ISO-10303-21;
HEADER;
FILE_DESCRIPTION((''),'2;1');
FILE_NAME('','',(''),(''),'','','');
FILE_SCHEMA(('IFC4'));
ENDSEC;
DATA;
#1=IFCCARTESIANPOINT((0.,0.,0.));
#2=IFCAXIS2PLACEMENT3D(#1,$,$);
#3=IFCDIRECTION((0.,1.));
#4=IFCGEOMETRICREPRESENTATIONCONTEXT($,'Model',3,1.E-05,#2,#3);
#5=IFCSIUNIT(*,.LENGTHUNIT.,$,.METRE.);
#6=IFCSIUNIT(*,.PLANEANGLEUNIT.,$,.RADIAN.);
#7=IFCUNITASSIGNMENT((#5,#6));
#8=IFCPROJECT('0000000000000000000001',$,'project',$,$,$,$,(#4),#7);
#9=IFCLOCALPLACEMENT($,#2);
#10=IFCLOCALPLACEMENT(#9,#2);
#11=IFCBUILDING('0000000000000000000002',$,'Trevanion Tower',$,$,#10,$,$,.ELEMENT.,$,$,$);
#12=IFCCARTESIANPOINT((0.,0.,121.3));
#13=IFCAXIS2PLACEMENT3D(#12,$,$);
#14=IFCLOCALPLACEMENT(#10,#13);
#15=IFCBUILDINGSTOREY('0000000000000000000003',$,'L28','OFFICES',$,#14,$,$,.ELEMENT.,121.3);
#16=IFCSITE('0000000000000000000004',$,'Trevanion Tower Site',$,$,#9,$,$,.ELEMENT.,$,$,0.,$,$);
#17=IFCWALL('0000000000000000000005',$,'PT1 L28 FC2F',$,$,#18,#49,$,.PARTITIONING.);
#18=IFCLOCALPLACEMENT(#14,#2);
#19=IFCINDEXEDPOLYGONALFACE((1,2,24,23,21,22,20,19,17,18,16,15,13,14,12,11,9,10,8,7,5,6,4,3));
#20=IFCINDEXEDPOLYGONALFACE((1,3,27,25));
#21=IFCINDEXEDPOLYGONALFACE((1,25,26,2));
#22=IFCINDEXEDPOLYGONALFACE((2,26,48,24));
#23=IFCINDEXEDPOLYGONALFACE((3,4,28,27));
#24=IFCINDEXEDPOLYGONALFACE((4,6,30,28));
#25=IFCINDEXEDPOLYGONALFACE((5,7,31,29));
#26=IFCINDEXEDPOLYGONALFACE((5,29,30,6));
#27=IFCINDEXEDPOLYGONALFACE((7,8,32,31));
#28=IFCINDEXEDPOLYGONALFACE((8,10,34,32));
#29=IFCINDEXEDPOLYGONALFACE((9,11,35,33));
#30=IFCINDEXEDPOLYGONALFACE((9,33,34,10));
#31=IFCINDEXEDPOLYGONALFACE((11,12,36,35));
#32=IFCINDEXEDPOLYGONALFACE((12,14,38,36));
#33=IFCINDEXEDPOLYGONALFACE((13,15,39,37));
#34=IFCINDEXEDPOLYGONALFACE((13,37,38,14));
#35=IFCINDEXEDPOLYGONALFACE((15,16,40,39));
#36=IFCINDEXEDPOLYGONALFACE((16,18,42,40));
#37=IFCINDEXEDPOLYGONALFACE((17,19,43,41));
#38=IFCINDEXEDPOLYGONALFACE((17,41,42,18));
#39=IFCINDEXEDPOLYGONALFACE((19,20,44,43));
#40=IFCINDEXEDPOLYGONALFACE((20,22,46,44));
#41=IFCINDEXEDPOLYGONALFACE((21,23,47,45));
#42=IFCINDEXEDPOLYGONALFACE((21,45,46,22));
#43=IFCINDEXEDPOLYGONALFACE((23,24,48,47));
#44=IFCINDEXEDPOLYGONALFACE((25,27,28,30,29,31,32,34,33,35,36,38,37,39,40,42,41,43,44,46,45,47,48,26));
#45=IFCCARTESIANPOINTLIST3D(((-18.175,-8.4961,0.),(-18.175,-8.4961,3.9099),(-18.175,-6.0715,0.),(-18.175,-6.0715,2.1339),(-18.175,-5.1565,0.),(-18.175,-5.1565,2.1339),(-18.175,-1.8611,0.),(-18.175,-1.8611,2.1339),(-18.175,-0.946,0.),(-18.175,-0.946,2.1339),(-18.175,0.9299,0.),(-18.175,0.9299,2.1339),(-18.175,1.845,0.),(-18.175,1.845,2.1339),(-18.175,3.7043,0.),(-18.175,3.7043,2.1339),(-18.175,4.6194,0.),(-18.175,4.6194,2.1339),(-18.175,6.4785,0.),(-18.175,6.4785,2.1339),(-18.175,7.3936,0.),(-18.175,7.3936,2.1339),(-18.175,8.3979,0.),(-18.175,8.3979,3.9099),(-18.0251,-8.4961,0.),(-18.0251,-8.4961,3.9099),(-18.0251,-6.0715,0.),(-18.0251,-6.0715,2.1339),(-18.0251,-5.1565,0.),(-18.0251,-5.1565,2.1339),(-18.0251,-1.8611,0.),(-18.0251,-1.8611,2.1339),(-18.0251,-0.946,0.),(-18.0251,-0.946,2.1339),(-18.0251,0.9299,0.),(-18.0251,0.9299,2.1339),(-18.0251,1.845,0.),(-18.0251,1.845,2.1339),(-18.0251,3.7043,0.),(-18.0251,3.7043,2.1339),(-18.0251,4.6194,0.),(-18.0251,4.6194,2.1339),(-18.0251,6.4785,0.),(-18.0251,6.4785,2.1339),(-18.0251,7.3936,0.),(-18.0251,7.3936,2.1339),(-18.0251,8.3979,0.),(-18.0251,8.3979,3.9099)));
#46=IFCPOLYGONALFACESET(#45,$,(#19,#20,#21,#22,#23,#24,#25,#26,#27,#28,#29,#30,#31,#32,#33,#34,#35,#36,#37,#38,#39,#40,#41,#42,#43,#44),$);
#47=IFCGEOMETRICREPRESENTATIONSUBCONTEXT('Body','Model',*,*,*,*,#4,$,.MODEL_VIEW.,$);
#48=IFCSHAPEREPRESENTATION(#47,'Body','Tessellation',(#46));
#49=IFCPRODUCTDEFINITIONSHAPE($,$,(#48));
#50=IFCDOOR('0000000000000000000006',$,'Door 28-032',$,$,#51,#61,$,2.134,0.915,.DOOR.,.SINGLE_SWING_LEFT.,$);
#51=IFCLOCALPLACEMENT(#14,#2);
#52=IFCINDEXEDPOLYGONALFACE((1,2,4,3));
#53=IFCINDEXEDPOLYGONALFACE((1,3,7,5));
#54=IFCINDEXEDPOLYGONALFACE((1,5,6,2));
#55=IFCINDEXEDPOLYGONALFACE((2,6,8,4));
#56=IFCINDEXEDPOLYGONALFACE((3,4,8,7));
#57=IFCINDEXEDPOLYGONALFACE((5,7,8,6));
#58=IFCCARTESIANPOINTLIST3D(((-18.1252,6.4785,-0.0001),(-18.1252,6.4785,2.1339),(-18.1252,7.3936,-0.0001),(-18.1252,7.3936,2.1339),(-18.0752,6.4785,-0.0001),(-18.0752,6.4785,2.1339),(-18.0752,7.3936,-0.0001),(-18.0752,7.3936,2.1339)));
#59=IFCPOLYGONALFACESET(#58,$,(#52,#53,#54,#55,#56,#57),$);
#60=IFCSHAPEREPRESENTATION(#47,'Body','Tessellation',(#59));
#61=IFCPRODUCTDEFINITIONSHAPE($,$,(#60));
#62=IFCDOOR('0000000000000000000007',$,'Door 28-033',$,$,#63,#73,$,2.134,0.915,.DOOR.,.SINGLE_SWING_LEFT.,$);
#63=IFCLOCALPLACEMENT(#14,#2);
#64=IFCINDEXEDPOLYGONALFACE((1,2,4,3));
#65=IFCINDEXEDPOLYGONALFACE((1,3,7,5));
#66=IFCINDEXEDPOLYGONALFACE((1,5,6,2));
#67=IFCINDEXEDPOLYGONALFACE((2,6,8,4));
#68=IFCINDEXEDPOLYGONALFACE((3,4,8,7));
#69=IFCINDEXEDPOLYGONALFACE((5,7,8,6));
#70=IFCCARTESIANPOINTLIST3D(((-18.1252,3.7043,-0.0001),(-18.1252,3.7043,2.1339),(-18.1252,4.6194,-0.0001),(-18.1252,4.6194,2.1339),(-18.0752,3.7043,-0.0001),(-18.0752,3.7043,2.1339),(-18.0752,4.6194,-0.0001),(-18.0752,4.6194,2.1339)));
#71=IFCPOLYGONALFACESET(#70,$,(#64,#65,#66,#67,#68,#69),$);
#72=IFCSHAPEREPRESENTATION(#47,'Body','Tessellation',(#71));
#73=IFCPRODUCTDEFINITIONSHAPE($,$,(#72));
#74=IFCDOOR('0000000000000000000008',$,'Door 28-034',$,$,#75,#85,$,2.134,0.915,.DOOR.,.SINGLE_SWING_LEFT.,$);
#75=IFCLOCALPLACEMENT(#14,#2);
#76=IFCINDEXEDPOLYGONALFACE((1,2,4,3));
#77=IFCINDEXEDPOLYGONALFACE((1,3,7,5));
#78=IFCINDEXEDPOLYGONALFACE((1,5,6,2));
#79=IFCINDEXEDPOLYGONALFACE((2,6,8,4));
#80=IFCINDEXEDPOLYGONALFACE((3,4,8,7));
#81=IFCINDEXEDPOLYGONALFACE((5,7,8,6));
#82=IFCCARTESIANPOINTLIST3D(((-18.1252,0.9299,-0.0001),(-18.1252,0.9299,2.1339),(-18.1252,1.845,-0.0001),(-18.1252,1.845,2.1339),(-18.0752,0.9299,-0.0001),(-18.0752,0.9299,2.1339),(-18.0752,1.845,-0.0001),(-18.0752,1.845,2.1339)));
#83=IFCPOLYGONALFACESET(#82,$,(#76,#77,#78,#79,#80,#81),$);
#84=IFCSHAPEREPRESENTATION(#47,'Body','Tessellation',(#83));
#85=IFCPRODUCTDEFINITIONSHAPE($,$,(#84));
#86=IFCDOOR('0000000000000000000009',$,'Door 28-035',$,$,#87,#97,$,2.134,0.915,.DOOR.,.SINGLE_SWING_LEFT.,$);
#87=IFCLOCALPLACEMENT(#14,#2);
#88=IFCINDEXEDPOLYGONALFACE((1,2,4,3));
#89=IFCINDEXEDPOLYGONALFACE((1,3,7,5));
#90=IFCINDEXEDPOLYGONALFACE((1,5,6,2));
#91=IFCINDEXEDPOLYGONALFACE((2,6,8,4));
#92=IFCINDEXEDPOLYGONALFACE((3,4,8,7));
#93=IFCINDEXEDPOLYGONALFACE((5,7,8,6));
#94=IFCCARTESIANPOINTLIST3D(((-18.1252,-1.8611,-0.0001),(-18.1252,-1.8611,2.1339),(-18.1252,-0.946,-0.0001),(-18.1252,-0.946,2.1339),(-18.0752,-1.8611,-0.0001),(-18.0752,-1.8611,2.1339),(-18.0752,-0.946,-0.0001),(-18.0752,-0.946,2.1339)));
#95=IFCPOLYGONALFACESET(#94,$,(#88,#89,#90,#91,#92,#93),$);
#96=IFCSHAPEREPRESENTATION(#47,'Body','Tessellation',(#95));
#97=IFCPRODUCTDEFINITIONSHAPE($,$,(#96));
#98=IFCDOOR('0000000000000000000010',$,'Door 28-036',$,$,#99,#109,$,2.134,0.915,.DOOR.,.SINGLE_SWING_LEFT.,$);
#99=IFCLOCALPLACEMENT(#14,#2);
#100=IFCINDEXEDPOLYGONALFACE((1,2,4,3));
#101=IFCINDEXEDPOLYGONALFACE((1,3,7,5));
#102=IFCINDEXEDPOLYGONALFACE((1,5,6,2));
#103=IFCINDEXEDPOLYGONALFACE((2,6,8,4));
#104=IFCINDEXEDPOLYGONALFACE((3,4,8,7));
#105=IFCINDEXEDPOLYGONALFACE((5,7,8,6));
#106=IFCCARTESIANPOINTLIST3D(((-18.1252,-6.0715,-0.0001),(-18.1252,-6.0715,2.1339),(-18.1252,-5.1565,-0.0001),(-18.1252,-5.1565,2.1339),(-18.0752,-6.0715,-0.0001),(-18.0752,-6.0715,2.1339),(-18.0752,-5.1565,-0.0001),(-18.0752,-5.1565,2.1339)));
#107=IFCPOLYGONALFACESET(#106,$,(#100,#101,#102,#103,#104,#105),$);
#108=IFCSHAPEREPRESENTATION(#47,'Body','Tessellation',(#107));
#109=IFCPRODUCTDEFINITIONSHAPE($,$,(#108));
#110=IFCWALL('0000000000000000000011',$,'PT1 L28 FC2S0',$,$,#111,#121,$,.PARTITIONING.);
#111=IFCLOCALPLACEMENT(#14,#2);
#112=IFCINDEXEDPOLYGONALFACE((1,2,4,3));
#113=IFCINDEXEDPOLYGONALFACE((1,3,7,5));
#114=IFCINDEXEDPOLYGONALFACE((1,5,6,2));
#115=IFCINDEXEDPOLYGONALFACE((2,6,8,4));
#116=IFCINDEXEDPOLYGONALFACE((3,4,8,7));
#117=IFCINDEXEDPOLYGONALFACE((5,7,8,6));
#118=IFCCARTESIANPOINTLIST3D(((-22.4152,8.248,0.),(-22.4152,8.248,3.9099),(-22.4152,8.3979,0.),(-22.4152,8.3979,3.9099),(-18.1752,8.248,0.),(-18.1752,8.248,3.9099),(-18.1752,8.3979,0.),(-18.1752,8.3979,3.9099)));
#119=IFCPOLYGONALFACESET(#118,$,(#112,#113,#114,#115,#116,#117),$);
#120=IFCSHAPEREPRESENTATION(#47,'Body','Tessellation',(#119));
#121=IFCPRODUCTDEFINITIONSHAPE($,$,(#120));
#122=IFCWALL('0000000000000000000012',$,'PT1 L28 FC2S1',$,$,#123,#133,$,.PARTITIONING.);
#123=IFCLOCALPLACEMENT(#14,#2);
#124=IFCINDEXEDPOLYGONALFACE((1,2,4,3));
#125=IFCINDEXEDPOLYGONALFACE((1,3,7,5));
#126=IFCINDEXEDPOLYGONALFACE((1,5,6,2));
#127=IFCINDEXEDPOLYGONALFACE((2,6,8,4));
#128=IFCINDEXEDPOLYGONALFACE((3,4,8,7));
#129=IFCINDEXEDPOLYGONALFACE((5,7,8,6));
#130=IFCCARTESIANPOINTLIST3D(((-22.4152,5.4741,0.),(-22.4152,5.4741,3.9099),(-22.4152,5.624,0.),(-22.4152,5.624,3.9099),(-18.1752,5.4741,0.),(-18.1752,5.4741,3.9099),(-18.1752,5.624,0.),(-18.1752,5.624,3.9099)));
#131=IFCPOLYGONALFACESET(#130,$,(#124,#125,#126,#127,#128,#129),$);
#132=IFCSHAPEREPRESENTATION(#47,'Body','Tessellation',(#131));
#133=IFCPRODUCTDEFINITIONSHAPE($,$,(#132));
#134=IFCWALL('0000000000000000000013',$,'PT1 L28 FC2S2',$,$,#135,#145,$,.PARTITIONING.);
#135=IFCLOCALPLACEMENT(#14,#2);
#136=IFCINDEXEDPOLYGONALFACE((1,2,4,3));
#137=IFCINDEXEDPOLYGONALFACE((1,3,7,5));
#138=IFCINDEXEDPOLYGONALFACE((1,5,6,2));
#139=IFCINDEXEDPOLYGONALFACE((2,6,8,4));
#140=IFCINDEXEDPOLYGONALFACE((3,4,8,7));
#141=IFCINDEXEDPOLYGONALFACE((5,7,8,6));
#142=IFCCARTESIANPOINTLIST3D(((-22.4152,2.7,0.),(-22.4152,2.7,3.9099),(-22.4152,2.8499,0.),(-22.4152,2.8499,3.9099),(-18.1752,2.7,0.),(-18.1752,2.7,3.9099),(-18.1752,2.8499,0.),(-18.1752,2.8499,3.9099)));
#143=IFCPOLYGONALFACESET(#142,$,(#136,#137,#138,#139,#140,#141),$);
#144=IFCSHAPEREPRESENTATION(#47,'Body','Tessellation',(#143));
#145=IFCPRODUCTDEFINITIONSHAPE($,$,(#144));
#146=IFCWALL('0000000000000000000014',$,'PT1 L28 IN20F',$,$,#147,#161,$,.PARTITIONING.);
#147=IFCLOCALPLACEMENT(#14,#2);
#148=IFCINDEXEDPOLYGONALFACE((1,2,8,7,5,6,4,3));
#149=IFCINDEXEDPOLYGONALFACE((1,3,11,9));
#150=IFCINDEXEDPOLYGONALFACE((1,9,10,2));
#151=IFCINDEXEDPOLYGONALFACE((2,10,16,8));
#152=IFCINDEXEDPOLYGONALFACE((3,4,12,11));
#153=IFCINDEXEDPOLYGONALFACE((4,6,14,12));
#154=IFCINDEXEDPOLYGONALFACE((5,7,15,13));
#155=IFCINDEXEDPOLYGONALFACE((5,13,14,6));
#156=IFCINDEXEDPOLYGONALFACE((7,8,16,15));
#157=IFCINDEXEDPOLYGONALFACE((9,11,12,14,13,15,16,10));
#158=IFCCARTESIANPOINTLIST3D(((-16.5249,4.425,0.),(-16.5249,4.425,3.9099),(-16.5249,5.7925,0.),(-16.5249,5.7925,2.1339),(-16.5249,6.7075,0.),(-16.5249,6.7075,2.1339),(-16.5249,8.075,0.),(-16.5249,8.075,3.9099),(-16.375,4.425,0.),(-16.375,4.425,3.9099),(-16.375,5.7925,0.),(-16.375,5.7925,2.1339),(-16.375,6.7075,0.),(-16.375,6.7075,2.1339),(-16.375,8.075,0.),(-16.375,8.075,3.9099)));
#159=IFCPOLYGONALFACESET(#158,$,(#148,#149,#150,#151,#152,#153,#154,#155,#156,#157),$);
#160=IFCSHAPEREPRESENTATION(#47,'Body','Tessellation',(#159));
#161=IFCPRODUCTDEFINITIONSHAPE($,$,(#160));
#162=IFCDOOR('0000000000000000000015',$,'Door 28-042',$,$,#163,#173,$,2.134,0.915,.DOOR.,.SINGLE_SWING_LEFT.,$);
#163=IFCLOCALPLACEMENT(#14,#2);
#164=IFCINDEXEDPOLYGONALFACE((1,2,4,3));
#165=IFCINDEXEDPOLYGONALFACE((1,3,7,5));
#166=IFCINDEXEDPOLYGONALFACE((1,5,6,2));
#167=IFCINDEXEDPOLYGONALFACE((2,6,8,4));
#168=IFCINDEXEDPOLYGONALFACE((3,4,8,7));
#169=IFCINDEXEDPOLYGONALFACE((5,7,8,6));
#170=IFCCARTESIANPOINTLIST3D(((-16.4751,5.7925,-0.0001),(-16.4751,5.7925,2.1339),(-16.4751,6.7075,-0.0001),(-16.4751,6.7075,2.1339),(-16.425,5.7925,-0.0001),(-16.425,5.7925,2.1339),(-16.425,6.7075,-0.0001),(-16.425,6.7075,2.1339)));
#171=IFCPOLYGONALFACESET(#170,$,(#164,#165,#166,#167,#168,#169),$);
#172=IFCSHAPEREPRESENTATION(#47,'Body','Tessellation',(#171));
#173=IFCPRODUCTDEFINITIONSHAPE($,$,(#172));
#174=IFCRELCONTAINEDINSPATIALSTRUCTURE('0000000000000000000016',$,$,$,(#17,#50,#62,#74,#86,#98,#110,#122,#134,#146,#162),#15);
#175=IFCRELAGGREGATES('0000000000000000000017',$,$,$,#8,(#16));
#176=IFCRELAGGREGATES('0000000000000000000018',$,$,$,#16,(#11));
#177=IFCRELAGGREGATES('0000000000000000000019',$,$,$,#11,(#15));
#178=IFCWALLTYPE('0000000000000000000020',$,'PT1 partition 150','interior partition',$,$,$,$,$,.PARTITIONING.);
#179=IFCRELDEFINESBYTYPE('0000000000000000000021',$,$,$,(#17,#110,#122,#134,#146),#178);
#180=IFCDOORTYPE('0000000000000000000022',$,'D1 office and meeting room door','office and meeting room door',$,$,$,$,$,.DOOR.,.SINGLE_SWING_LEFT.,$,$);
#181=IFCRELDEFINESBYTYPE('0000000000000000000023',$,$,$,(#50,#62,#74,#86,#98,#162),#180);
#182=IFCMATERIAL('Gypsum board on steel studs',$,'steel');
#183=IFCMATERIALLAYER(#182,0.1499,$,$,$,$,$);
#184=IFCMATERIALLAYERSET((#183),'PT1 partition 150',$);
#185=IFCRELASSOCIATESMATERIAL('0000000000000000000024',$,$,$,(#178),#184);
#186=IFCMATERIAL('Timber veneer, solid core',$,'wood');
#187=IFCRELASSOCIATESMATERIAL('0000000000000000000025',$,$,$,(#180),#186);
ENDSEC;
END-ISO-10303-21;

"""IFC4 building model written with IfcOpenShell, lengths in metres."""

from ifc_helpers import new_model, si_unit, direction, frame, frame_2d, origin, place, context, subcontext, project, spatial, rectangle, extrude, material, layer, layer_set, type_object, element, fill, save


model = new_model("IFC4")

# Units and contexts
model_context = context("Model", 3, precision=1e-05, world=origin(), true_north=direction((0.0, 1.0)))
body_context = subcontext(model_context, "Body", "Model", "MODEL_VIEW")
ifc_project = project(units=[si_unit("LENGTHUNIT", "METRE"), si_unit("PLANEANGLEUNIT", "RADIAN")], contexts=[model_context])

# Site, building, storey
site_placement = place(None, origin())
site = spatial("IfcSite", under=ifc_project, at=site_placement, Name="Trevanion Tower Site", CompositionType="ELEMENT", RefElevation=0.0)
building_placement = place(site_placement, origin())
building = spatial("IfcBuilding", under=site, at=building_placement, Name="Trevanion Tower", CompositionType="ELEMENT")
storey_placement = place(building_placement, frame((0.0, 0.0, 121.3)))
storey = spatial("IfcBuildingStorey", under=building, at=storey_placement, Name="L28", Description="OFFICES", CompositionType="ELEMENT", Elevation=121.3)

# Wall, openings, doors
ifc_material_1 = material(Name="Gypsum board on steel studs", Category="steel")
ifc_layer_1 = layer(ifc_material_1, 0.1499)
ifc_layer_set_1 = layer_set([ifc_layer_1], Name="PT1 partition 150")
wall_type = type_object("IfcWallType", Name="PT1 partition 150", Description="interior partition", PredefinedType="PARTITIONING", material=ifc_layer_set_1)
wall_1_placement = place(storey_placement, frame((-18.1001, 8.3979, 0.0), z_axis=(0.0, 0.0, 1.0), x_axis=(0.0, -1.0, 0.0)))
wall_1 = element("IfcWall", 1, at=wall_1_placement, inside=storey, type_object=wall_type, Name="PT1 L28 FC2F", PredefinedType="PARTITIONING", context=body_context, shape_type="SweptSolid", body=[
    extrude(rectangle(XDim=16.894, YDim=0.1499, at=frame_2d((8.447, 0.0))), origin(), (0.0, 0.0, 1.0), 3.9099),
])
opening_1_placement = place(wall_1_placement, frame((1.0044, 0.0, 0.0)))
opening_1 = element("IfcOpeningElement", 2, at=opening_1_placement, cuts=wall_1, PredefinedType="OPENING", context=body_context, shape_type="SweptSolid", body=[
    extrude(rectangle(XDim=0.915, YDim=2.134, at=frame_2d((0.4575, 1.0669))), frame((0.0, 0.085, 0.0), z_axis=(0.0, -1.0, 0.0), x_axis=(1.0, 0.0, 0.0)), (0.0, 0.0, 1.0), 0.1699),
])
opening_2_placement = place(wall_1_placement, frame((3.7786, 0.0, 0.0)))
opening_2 = element("IfcOpeningElement", 3, at=opening_2_placement, cuts=wall_1, PredefinedType="OPENING", context=body_context, shape_type="SweptSolid", body=[
    extrude(rectangle(XDim=0.915, YDim=2.134, at=frame_2d((0.4575, 1.0669))), frame((0.0, 0.085, 0.0), z_axis=(0.0, -1.0, 0.0), x_axis=(1.0, 0.0, 0.0)), (0.0, 0.0, 1.0), 0.1699),
])
opening_3_placement = place(wall_1_placement, frame((6.553, 0.0, 0.0)))
opening_3 = element("IfcOpeningElement", 4, at=opening_3_placement, cuts=wall_1, PredefinedType="OPENING", context=body_context, shape_type="SweptSolid", body=[
    extrude(rectangle(XDim=0.915, YDim=2.134, at=frame_2d((0.4575, 1.0669))), frame((0.0, 0.085, 0.0), z_axis=(0.0, -1.0, 0.0), x_axis=(1.0, 0.0, 0.0)), (0.0, 0.0, 1.0), 0.1699),
])
opening_4_placement = place(wall_1_placement, frame((9.344, 0.0, 0.0)))
opening_4 = element("IfcOpeningElement", 5, at=opening_4_placement, cuts=wall_1, PredefinedType="OPENING", context=body_context, shape_type="SweptSolid", body=[
    extrude(rectangle(XDim=0.915, YDim=2.134, at=frame_2d((0.4575, 1.0669))), frame((0.0, 0.085, 0.0), z_axis=(0.0, -1.0, 0.0), x_axis=(1.0, 0.0, 0.0)), (0.0, 0.0, 1.0), 0.1699),
])
opening_5_placement = place(wall_1_placement, frame((13.5544, 0.0, 0.0)))
opening_5 = element("IfcOpeningElement", 6, at=opening_5_placement, cuts=wall_1, PredefinedType="OPENING", context=body_context, shape_type="SweptSolid", body=[
    extrude(rectangle(XDim=0.915, YDim=2.134, at=frame_2d((0.4575, 1.0669))), frame((0.0, 0.085, 0.0), z_axis=(0.0, -1.0, 0.0), x_axis=(1.0, 0.0, 0.0)), (0.0, 0.0, 1.0), 0.1699),
])
ifc_material_2 = material(Name="Timber veneer, solid core", Category="wood")
door_type = type_object("IfcDoorType", Name="D1 office and meeting room door", Description="office and meeting room door", OperationType="SINGLE_SWING_LEFT", PredefinedType="DOOR", material=ifc_material_2)
door_1_placement = place(opening_1_placement, origin())
door_1 = element("IfcDoor", 7, at=door_1_placement, inside=storey, type_object=door_type, Name="Door 28-032", OperationType="SINGLE_SWING_LEFT", OverallHeight=2.134, OverallWidth=0.915, PredefinedType="DOOR", context=body_context, shape_type="SweptSolid", body=[
    extrude(rectangle(XDim=0.915, YDim=2.134, at=frame_2d((0.4575, 1.0669))), frame((0.0, 0.0249, 0.0), z_axis=(0.0, -1.0, 0.0), x_axis=(1.0, 0.0, 0.0)), (0.0, 0.0, 1.0), 0.05),
])
fill(opening_1, door_1)
door_2_placement = place(opening_2_placement, origin())
door_2 = element("IfcDoor", 8, at=door_2_placement, inside=storey, type_object=door_type, Name="Door 28-033", OperationType="SINGLE_SWING_LEFT", OverallHeight=2.134, OverallWidth=0.915, PredefinedType="DOOR", context=body_context, shape_type="SweptSolid", body=[
    extrude(rectangle(XDim=0.915, YDim=2.134, at=frame_2d((0.4575, 1.0669))), frame((0.0, 0.0249, 0.0), z_axis=(0.0, -1.0, 0.0), x_axis=(1.0, 0.0, 0.0)), (0.0, 0.0, 1.0), 0.05),
])
fill(opening_2, door_2)
door_3_placement = place(opening_3_placement, origin())
door_3 = element("IfcDoor", 9, at=door_3_placement, inside=storey, type_object=door_type, Name="Door 28-034", OperationType="SINGLE_SWING_LEFT", OverallHeight=2.134, OverallWidth=0.915, PredefinedType="DOOR", context=body_context, shape_type="SweptSolid", body=[
    extrude(rectangle(XDim=0.915, YDim=2.134, at=frame_2d((0.4575, 1.0669))), frame((0.0, 0.0249, 0.0), z_axis=(0.0, -1.0, 0.0), x_axis=(1.0, 0.0, 0.0)), (0.0, 0.0, 1.0), 0.05),
])
fill(opening_3, door_3)
door_4_placement = place(opening_4_placement, origin())
door_4 = element("IfcDoor", 10, at=door_4_placement, inside=storey, type_object=door_type, Name="Door 28-035", OperationType="SINGLE_SWING_LEFT", OverallHeight=2.134, OverallWidth=0.915, PredefinedType="DOOR", context=body_context, shape_type="SweptSolid", body=[
    extrude(rectangle(XDim=0.915, YDim=2.134, at=frame_2d((0.4575, 1.0669))), frame((0.0, 0.0249, 0.0), z_axis=(0.0, -1.0, 0.0), x_axis=(1.0, 0.0, 0.0)), (0.0, 0.0, 1.0), 0.05),
])
fill(opening_4, door_4)
door_5_placement = place(opening_5_placement, origin())
door_5 = element("IfcDoor", 11, at=door_5_placement, inside=storey, type_object=door_type, Name="Door 28-036", OperationType="SINGLE_SWING_LEFT", OverallHeight=2.134, OverallWidth=0.915, PredefinedType="DOOR", context=body_context, shape_type="SweptSolid", body=[
    extrude(rectangle(XDim=0.915, YDim=2.134, at=frame_2d((0.4575, 1.0669))), frame((0.0, 0.0249, 0.0), z_axis=(0.0, -1.0, 0.0), x_axis=(1.0, 0.0, 0.0)), (0.0, 0.0, 1.0), 0.05),
])
fill(opening_5, door_5)

# Walls
for number, where, z_axis, x_axis, name in (
    (12, (-18.175, 8.323, 0.0), (0.0, 0.0, 1.0), (-1.0, 0.0, 0.0), "PT1 L28 FC2S0"),
    (13, (-18.175, 5.5491, 0.0), (0.0, 0.0, 1.0), (-1.0, 0.0, 0.0), "PT1 L28 FC2S1"),
    (14, (-18.175, 2.7749, 0.0), (0.0, 0.0, 1.0), (-1.0, 0.0, 0.0), "PT1 L28 FC2S2"),
):
    element("IfcWall", number, at=place(storey_placement, frame(where, z_axis=z_axis, x_axis=x_axis)), inside=storey, type_object=wall_type, Name=name, PredefinedType="PARTITIONING", context=body_context, shape_type="SweptSolid", body=[
        extrude(rectangle(XDim=4.24, YDim=0.1499, at=frame_2d((2.1201, 0.0))), origin(), (0.0, 0.0, 1.0), 3.9099),
    ])

# Wall, opening, door
wall_2_placement = place(storey_placement, frame((-16.45, 8.075, 0.0), z_axis=(0.0, 0.0, 1.0), x_axis=(0.0, -1.0, 0.0)))
wall_2 = element("IfcWall", 15, at=wall_2_placement, inside=storey, type_object=wall_type, Name="PT1 L28 IN20F", PredefinedType="PARTITIONING", context=body_context, shape_type="SweptSolid", body=[
    extrude(rectangle(XDim=3.6499, YDim=0.1499, at=frame_2d((1.825, 0.0))), origin(), (0.0, 0.0, 1.0), 3.9099),
])
opening_6_placement = place(wall_2_placement, frame((1.3674, 0.0, 0.0)))
opening_6 = element("IfcOpeningElement", 16, at=opening_6_placement, cuts=wall_2, PredefinedType="OPENING", context=body_context, shape_type="SweptSolid", body=[
    extrude(rectangle(XDim=0.915, YDim=2.134, at=frame_2d((0.4575, 1.0669))), frame((0.0, 0.085, 0.0), z_axis=(0.0, -1.0, 0.0), x_axis=(1.0, 0.0, 0.0)), (0.0, 0.0, 1.0), 0.1699),
])
door_6_placement = place(opening_6_placement, origin())
door_6 = element("IfcDoor", 17, at=door_6_placement, inside=storey, type_object=door_type, Name="Door 28-042", OperationType="SINGLE_SWING_LEFT", OverallHeight=2.134, OverallWidth=0.915, PredefinedType="DOOR", context=body_context, shape_type="SweptSolid", body=[
    extrude(rectangle(XDim=0.915, YDim=2.134, at=frame_2d((0.4575, 1.0669))), frame((0.0, 0.0249, 0.0), z_axis=(0.0, -1.0, 0.0), x_axis=(1.0, 0.0, 0.0)), (0.0, 0.0, 1.0), 0.05),
])
fill(opening_6, door_6)

save(model, "model.ifc")
